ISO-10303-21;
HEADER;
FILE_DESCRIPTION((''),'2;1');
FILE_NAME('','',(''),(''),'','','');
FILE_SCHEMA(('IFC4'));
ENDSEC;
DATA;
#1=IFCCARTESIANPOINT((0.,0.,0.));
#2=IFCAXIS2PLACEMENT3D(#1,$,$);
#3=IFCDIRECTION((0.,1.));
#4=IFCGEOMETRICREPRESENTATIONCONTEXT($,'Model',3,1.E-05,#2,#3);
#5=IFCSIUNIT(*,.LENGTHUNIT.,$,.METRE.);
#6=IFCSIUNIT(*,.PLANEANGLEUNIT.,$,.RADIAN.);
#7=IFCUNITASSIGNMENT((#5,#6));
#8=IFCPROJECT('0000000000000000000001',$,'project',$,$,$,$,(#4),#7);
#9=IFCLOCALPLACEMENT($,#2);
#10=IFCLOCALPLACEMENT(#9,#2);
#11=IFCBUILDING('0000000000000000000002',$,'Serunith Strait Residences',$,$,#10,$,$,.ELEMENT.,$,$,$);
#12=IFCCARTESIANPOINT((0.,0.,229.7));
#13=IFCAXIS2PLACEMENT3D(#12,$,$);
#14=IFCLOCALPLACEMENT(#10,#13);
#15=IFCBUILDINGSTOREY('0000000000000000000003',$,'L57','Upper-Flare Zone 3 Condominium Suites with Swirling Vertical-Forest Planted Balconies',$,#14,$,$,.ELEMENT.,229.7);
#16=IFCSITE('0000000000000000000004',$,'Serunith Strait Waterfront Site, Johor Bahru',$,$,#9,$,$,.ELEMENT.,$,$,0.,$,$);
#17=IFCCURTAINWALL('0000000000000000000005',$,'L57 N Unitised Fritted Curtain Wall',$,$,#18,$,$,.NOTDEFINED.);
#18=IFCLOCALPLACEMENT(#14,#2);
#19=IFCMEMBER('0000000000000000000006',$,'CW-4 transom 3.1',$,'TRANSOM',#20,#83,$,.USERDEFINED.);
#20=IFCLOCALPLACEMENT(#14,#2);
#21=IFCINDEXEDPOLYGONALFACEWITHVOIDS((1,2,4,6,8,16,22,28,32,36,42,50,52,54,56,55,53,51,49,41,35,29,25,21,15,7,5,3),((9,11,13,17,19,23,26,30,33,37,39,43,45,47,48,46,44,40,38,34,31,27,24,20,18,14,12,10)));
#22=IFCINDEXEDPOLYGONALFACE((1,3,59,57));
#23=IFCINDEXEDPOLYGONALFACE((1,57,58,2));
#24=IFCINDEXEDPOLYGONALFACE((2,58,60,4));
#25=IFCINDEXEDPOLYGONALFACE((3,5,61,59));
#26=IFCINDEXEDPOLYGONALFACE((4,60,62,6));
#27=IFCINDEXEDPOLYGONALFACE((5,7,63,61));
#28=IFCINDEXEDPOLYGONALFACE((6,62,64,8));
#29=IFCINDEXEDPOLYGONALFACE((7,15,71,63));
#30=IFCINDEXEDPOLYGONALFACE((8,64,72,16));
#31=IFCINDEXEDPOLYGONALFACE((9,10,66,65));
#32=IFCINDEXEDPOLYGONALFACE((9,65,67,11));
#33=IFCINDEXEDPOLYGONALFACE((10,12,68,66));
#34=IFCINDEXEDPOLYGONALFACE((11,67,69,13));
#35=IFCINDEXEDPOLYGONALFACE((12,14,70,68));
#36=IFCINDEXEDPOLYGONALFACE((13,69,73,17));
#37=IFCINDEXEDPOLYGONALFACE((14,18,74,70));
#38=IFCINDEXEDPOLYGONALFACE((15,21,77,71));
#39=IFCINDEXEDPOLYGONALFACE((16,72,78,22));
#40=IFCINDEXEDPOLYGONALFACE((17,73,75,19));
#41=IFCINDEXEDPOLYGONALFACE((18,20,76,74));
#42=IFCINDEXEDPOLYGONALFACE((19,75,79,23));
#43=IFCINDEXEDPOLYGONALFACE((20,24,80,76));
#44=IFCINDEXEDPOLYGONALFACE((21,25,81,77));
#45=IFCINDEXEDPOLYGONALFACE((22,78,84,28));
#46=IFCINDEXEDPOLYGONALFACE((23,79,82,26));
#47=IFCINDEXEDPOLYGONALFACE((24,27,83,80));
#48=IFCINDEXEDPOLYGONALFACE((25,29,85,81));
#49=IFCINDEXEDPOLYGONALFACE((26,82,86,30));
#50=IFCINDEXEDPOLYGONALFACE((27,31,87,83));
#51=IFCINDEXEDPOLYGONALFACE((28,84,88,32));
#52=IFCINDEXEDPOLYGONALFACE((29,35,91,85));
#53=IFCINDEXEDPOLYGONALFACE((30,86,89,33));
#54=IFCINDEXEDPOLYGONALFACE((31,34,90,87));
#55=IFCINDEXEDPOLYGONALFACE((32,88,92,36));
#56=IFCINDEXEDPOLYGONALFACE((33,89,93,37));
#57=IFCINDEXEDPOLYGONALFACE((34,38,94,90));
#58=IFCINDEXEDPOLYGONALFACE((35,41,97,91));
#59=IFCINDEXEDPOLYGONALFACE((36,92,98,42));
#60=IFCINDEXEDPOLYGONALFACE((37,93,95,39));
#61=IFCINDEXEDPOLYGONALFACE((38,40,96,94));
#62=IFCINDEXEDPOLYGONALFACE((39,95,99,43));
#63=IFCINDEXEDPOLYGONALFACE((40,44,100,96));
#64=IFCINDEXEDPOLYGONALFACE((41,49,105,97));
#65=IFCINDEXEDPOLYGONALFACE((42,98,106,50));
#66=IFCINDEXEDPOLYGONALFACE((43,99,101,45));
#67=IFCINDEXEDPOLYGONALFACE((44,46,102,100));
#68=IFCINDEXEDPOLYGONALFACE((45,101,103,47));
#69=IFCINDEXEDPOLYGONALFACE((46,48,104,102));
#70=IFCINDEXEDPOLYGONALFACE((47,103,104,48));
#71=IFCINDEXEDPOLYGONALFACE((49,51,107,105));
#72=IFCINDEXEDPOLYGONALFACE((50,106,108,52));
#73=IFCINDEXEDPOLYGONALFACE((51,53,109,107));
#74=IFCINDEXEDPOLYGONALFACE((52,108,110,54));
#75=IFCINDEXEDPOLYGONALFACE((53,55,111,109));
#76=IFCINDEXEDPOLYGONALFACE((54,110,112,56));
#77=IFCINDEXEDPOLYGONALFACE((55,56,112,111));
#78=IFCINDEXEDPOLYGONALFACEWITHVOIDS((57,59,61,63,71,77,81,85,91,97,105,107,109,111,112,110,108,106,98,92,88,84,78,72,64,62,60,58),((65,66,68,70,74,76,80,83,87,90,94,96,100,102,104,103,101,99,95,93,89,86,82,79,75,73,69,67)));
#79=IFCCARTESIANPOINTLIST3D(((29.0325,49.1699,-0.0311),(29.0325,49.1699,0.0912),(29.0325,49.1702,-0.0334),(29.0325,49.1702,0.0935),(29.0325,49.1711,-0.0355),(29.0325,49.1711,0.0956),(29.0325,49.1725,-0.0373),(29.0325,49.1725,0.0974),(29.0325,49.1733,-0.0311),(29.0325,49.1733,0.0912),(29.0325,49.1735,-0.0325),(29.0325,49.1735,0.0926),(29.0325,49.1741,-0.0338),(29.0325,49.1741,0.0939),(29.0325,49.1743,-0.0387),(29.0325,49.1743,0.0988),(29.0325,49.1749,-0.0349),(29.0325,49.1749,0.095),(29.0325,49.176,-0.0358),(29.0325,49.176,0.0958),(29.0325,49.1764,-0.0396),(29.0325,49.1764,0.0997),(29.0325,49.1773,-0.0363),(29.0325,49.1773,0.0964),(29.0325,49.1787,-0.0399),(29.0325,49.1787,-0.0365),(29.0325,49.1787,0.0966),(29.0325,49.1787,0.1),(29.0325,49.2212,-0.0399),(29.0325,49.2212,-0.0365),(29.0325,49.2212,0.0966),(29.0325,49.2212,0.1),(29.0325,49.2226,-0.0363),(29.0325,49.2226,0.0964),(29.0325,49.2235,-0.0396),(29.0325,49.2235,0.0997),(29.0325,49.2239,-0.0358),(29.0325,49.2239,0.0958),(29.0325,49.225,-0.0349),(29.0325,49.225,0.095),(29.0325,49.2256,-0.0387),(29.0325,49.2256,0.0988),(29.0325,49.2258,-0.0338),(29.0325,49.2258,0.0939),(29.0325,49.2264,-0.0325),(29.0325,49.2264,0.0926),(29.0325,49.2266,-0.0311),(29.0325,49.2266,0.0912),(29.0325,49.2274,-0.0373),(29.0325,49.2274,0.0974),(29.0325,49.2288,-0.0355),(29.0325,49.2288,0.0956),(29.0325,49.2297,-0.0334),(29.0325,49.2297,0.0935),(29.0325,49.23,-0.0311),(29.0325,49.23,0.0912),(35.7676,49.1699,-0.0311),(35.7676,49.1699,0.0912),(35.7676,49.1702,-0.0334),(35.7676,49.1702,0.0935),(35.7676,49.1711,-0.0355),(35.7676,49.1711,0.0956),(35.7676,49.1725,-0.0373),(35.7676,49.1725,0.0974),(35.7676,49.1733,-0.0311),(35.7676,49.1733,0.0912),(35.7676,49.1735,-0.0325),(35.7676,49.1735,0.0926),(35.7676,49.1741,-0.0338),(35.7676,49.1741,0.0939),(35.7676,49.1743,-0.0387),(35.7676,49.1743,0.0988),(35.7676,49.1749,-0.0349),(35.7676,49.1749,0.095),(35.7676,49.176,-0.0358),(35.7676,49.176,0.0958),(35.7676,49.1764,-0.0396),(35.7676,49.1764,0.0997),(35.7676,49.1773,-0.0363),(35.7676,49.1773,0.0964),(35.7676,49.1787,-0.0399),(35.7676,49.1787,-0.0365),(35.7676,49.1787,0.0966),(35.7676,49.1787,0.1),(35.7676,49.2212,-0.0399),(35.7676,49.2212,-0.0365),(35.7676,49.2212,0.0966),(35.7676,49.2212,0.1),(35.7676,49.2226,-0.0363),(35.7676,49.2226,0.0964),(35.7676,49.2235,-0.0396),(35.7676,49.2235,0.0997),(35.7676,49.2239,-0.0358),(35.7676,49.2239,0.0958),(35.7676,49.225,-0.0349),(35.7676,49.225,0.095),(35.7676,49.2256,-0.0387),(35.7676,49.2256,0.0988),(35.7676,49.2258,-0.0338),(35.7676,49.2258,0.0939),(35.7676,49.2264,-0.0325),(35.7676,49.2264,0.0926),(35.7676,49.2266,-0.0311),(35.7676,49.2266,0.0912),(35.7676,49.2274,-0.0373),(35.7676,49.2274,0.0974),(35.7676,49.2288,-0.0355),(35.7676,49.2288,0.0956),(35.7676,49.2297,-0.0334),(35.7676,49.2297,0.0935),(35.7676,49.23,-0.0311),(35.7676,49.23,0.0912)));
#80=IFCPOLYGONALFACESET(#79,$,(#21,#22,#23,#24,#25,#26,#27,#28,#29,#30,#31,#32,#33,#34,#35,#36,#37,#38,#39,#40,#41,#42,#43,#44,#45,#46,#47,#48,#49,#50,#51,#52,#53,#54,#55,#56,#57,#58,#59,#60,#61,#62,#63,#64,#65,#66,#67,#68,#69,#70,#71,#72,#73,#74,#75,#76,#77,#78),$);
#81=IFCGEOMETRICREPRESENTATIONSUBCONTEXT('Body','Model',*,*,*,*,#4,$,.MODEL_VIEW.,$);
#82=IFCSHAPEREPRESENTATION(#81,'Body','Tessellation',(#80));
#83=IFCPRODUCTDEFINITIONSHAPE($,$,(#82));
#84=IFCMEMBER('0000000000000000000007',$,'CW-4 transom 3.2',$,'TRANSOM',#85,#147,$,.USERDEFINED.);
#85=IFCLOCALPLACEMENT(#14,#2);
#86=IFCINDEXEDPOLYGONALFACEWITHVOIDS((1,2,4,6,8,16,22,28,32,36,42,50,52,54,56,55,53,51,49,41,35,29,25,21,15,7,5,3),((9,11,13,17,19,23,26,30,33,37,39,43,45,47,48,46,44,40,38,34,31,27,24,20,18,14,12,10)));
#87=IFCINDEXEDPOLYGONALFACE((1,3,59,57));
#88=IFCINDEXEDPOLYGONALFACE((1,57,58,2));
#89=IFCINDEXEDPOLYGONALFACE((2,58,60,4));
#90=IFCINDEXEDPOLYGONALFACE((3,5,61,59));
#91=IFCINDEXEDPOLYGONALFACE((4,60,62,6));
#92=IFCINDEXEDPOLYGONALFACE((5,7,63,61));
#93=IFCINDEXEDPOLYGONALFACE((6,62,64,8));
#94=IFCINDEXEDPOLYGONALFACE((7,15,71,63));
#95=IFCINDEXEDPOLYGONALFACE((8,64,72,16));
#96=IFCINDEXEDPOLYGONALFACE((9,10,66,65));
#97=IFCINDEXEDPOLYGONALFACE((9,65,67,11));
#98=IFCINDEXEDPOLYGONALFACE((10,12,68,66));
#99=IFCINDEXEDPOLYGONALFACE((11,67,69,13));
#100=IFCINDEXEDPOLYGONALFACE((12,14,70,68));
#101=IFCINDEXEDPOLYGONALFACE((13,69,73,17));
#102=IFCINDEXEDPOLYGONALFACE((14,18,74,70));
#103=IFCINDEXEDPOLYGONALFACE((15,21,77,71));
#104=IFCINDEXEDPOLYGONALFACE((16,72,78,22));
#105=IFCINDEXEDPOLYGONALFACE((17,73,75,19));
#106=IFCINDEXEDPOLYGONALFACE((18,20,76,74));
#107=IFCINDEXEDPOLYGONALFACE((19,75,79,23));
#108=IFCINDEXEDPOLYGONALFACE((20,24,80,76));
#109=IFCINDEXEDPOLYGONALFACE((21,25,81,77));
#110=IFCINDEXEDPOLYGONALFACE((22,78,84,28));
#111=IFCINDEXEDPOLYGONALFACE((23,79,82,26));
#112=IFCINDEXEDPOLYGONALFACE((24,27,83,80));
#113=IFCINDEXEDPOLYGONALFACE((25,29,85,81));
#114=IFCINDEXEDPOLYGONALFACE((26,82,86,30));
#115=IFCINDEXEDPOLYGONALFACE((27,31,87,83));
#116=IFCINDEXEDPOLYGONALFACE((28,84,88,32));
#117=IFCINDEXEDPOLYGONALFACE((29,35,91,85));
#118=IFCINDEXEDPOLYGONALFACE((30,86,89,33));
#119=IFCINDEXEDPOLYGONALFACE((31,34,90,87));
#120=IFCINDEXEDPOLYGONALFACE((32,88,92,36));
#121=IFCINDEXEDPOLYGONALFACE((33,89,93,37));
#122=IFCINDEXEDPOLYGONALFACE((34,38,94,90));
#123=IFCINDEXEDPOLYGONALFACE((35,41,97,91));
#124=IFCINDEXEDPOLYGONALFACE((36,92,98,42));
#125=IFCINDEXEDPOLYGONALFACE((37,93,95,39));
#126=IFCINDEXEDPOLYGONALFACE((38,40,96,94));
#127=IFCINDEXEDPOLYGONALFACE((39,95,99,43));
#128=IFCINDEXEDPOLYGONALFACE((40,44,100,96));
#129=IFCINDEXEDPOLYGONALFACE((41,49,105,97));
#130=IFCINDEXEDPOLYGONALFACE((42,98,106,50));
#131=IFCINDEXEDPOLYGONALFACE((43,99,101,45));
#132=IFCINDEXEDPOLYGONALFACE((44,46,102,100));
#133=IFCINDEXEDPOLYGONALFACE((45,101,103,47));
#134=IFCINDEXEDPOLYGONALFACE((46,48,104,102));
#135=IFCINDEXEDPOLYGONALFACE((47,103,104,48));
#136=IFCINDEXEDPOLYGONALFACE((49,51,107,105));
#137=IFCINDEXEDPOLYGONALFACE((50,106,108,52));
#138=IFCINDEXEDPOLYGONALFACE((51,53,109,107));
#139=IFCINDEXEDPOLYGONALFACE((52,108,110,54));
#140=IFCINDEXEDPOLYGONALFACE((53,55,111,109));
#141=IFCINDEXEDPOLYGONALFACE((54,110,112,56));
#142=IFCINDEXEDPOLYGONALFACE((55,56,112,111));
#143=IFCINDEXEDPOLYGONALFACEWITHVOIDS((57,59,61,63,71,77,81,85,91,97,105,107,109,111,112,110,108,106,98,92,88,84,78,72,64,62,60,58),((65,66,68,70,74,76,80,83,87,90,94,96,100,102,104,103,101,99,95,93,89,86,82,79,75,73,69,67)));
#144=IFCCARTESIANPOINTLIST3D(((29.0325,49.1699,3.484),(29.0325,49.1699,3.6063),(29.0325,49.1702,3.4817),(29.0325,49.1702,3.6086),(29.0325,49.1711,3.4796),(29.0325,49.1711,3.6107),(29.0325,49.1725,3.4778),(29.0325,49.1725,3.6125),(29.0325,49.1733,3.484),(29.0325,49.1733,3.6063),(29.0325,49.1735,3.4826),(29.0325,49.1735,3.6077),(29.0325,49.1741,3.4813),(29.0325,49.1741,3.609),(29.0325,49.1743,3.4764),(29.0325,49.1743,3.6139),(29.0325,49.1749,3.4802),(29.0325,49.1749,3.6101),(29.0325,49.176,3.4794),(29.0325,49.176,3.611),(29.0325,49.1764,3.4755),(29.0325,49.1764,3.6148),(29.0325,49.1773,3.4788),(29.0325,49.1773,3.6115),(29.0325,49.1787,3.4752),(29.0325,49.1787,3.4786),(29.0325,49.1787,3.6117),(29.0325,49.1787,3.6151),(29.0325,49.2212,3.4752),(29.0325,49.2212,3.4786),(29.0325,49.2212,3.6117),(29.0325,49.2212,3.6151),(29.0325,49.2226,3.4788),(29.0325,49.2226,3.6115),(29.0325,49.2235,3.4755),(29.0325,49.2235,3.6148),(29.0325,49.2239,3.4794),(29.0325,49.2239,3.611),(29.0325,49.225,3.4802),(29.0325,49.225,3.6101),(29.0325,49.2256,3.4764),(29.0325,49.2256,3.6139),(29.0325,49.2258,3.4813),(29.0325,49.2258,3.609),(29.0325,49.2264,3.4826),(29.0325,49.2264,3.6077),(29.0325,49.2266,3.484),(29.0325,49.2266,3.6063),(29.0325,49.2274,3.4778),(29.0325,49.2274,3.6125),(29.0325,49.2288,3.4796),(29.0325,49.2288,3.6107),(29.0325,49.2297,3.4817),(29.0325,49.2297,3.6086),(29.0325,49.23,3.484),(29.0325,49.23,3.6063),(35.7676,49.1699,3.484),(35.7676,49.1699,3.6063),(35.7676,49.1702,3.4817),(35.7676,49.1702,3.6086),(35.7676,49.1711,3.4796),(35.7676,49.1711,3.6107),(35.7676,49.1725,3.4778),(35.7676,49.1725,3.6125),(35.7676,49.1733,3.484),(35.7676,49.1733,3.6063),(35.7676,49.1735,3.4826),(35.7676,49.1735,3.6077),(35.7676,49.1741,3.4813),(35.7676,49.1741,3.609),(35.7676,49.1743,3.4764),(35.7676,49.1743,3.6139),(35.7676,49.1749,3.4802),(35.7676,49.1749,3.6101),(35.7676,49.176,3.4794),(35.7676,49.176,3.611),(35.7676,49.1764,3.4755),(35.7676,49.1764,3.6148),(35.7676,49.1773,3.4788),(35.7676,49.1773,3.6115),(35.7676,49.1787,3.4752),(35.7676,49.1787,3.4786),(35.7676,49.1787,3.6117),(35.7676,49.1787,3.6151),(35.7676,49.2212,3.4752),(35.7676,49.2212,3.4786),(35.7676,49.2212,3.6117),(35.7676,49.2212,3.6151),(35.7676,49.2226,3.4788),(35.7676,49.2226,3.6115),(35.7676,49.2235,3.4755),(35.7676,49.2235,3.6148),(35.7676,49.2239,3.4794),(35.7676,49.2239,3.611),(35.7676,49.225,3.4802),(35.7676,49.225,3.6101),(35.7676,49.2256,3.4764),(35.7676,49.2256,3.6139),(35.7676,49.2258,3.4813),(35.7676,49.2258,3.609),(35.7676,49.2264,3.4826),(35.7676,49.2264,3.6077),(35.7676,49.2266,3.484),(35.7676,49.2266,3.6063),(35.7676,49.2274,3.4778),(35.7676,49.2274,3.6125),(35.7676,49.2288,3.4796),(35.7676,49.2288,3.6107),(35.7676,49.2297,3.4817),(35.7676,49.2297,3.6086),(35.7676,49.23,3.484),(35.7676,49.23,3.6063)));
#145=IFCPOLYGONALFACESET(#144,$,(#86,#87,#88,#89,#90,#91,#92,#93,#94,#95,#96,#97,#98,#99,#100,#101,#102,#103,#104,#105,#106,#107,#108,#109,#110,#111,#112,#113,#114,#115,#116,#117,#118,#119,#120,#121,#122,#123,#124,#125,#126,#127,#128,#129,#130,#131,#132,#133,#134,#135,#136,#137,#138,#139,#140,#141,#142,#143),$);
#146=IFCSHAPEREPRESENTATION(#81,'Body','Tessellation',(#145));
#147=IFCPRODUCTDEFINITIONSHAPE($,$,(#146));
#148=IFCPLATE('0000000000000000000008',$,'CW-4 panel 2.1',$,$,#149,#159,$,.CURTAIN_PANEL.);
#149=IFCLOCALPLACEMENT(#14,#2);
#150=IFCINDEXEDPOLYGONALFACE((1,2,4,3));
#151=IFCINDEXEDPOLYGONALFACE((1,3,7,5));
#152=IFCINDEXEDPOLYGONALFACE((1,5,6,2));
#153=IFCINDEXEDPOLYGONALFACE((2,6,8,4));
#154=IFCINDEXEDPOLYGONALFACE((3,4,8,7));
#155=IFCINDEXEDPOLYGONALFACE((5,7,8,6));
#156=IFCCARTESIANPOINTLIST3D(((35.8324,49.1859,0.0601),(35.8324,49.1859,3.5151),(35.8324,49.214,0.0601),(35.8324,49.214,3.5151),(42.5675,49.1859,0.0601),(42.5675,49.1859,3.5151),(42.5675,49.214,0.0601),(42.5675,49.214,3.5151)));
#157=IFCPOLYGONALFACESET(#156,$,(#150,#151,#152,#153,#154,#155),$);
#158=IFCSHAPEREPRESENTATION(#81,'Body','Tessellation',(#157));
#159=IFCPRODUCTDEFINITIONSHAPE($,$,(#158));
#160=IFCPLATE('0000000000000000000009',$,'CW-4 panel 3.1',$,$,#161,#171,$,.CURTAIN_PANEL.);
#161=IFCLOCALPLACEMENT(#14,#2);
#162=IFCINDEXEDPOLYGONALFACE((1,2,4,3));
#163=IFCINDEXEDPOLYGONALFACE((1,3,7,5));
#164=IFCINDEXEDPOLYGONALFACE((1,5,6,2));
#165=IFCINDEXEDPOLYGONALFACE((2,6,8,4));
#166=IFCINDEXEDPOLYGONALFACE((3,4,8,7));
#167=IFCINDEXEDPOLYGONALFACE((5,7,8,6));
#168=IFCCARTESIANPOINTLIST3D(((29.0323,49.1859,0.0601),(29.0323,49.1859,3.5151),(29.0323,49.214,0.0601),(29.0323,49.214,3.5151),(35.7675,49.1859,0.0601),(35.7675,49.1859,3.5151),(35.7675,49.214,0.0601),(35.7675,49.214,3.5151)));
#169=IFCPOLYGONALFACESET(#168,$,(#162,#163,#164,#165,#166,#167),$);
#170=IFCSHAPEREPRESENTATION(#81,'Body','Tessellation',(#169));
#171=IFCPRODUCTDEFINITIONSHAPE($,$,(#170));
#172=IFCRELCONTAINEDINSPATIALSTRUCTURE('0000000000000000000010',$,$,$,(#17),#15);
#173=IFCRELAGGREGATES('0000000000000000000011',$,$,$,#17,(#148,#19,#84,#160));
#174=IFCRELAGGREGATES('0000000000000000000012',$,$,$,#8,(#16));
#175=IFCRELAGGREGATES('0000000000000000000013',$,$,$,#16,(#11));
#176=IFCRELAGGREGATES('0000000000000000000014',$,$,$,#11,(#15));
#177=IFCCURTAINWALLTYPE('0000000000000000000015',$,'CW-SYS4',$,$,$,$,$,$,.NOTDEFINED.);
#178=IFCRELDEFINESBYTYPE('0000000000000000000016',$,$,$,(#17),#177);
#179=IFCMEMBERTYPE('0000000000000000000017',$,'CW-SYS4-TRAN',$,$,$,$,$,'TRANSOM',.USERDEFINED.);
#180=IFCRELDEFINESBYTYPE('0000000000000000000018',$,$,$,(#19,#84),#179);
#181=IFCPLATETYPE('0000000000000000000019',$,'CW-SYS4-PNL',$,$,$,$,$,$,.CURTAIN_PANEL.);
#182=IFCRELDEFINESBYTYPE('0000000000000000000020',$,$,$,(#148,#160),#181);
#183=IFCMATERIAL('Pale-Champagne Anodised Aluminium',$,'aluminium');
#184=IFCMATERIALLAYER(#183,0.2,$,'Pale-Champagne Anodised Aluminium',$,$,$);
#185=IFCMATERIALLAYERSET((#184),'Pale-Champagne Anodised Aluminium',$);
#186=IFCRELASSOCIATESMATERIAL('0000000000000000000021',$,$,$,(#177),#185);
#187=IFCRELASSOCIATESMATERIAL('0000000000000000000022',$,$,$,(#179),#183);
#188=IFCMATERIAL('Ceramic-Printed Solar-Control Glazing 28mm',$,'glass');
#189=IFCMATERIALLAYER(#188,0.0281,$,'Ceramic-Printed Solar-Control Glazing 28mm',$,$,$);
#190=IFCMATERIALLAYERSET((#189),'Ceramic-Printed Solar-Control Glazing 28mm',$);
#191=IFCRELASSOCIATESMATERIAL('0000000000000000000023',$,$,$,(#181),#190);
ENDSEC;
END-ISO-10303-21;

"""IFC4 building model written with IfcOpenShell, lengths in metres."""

from ifc_helpers import new_model, si_unit, direction, frame, origin, origin_2d, place, context, subcontext, project, spatial, rectangle, hollow_rectangle, extrude, source, transform, mapped, material, layer, layer_set, material_profile, profile_set, type_object, element, aggregate, save


model = new_model("IFC4")

# Units and contexts
model_context = context("Model", 3, precision=1e-05, world=origin(), true_north=direction((0.0, 1.0)))
body_context = subcontext(model_context, "Body", "Model", "MODEL_VIEW")
ifc_project = project(units=[si_unit("LENGTHUNIT", "METRE"), si_unit("PLANEANGLEUNIT", "RADIAN")], contexts=[model_context])

# Site, building, storey
site_placement = place(None, origin())
site = spatial("IfcSite", under=ifc_project, at=site_placement, Name="Serunith Strait Waterfront Site, Johor Bahru", CompositionType="ELEMENT", RefElevation=0.0)
building_placement = place(site_placement, origin())
building = spatial("IfcBuilding", under=site, at=building_placement, Name="Serunith Strait Residences", CompositionType="ELEMENT")
storey_placement = place(building_placement, frame((0.0, 0.0, 229.7)))
storey = spatial("IfcBuildingStorey", under=building, at=storey_placement, Name="L57", Description="Upper-Flare Zone 3 Condominium Suites with Swirling Vertical-Forest Planted Balconies", CompositionType="ELEMENT", Elevation=229.7)

# Curtain wall, members, plates
ifc_material_1 = material(Name="Pale-Champagne Anodised Aluminium", Category="aluminium")
ifc_layer_1 = layer(ifc_material_1, 0.2, Name="Pale-Champagne Anodised Aluminium")
ifc_layer_set_1 = layer_set([ifc_layer_1], Name="Pale-Champagne Anodised Aluminium")
curtain_wall_type = type_object("IfcCurtainWallType", Name="CW-SYS4", PredefinedType="NOTDEFINED", material=ifc_layer_set_1)
curtain_wall_placement = place(storey_placement, origin())
curtain_wall = element("IfcCurtainWall", 1, at=curtain_wall_placement, inside=storey, type_object=curtain_wall_type, Name="L57 N Unitised Fritted Curtain Wall", PredefinedType="NOTDEFINED")
ifc_material_profile_1 = material_profile(ifc_material_1, hollow_rectangle(XDim=0.0601, YDim=0.1399, WallThickness=0.0034, InnerFilletRadius=0.0054, OuterFilletRadius=0.0088, at=origin_2d()), Name="ALU 140x60x3.5")
ifc_profile_set_1 = profile_set([ifc_material_profile_1], Name="Pale-Champagne Anodised Aluminium")
member_type_1 = type_object("IfcMemberType", Name="CW-SYS4-TRAN", ElementType="TRANSOM", PredefinedType="USERDEFINED", material=ifc_profile_set_1)
shared_shape_1 = source(origin(), body_context, "Body", "SweptSolid", [
    extrude(hollow_rectangle(XDim=0.0601, YDim=0.1399, WallThickness=0.0034, InnerFilletRadius=0.0054, OuterFilletRadius=0.0088, at=origin_2d()), origin(), (0.0, 0.0, 1.0), 6.7351),
])
member_1_placement = place(storey_placement, frame((35.7676, 49.2, 0.03), z_axis=(-1.0, 0.0, 0.0), x_axis=(0.0, -1.0, 0.0)))
member_1 = element("IfcMember", 2, at=member_1_placement, type_object=member_type_1, Name="CW-4 transom 3.1", ObjectType="TRANSOM", PredefinedType="USERDEFINED", context=body_context, shape_type="MappedRepresentation", body=[
    mapped(shared_shape_1, transform((0.0, 0.0, 0.0), scale=1.0)),
])
member_2_placement = place(storey_placement, frame((35.7676, 49.2, 3.5452), z_axis=(-1.0, 0.0, 0.0), x_axis=(0.0, -1.0, 0.0)))
member_2 = element("IfcMember", 3, at=member_2_placement, type_object=member_type_1, Name="CW-4 transom 3.2", ObjectType="TRANSOM", PredefinedType="USERDEFINED", context=body_context, shape_type="MappedRepresentation", body=[
    mapped(shared_shape_1, transform((0.0, 0.0, 0.0), scale=1.0)),
])
ifc_material_2 = material(Name="Ceramic-Printed Solar-Control Glazing 28mm", Category="glass")
ifc_layer_2 = layer(ifc_material_2, 0.0281, Name="Ceramic-Printed Solar-Control Glazing 28mm")
ifc_layer_set_2 = layer_set([ifc_layer_2], Name="Ceramic-Printed Solar-Control Glazing 28mm")
plate_type = type_object("IfcPlateType", Name="CW-SYS4-PNL", PredefinedType="CURTAIN_PANEL", material=ifc_layer_set_2)
shared_shape_2 = source(origin(), body_context, "Body", "SweptSolid", [
    extrude(rectangle(XDim=6.7351, YDim=0.0281, at=origin_2d()), origin(), (0.0, 0.0, 1.0), 3.4551),
])
plate_1_placement = place(storey_placement, frame((39.2, 49.2, 0.0601), z_axis=(0.0, 0.0, 1.0), x_axis=(-1.0, 0.0, 0.0)))
plate_1 = element("IfcPlate", 4, at=plate_1_placement, type_object=plate_type, Name="CW-4 panel 2.1", PredefinedType="CURTAIN_PANEL", context=body_context, shape_type="MappedRepresentation", body=[
    mapped(shared_shape_2, transform((0.0, 0.0, 0.0), scale=1.0)),
])
plate_2_placement = place(storey_placement, frame((32.3999, 49.2, 0.0601), z_axis=(0.0, 0.0, 1.0), x_axis=(-1.0, 0.0, 0.0)))
plate_2 = element("IfcPlate", 5, at=plate_2_placement, type_object=plate_type, Name="CW-4 panel 3.1", PredefinedType="CURTAIN_PANEL", context=body_context, shape_type="MappedRepresentation", body=[
    mapped(shared_shape_2, transform((0.0, 0.0, 0.0), scale=1.0)),
])
aggregate(curtain_wall, [plate_1, member_1, member_2, plate_2])

save(model, "model.ifc")
